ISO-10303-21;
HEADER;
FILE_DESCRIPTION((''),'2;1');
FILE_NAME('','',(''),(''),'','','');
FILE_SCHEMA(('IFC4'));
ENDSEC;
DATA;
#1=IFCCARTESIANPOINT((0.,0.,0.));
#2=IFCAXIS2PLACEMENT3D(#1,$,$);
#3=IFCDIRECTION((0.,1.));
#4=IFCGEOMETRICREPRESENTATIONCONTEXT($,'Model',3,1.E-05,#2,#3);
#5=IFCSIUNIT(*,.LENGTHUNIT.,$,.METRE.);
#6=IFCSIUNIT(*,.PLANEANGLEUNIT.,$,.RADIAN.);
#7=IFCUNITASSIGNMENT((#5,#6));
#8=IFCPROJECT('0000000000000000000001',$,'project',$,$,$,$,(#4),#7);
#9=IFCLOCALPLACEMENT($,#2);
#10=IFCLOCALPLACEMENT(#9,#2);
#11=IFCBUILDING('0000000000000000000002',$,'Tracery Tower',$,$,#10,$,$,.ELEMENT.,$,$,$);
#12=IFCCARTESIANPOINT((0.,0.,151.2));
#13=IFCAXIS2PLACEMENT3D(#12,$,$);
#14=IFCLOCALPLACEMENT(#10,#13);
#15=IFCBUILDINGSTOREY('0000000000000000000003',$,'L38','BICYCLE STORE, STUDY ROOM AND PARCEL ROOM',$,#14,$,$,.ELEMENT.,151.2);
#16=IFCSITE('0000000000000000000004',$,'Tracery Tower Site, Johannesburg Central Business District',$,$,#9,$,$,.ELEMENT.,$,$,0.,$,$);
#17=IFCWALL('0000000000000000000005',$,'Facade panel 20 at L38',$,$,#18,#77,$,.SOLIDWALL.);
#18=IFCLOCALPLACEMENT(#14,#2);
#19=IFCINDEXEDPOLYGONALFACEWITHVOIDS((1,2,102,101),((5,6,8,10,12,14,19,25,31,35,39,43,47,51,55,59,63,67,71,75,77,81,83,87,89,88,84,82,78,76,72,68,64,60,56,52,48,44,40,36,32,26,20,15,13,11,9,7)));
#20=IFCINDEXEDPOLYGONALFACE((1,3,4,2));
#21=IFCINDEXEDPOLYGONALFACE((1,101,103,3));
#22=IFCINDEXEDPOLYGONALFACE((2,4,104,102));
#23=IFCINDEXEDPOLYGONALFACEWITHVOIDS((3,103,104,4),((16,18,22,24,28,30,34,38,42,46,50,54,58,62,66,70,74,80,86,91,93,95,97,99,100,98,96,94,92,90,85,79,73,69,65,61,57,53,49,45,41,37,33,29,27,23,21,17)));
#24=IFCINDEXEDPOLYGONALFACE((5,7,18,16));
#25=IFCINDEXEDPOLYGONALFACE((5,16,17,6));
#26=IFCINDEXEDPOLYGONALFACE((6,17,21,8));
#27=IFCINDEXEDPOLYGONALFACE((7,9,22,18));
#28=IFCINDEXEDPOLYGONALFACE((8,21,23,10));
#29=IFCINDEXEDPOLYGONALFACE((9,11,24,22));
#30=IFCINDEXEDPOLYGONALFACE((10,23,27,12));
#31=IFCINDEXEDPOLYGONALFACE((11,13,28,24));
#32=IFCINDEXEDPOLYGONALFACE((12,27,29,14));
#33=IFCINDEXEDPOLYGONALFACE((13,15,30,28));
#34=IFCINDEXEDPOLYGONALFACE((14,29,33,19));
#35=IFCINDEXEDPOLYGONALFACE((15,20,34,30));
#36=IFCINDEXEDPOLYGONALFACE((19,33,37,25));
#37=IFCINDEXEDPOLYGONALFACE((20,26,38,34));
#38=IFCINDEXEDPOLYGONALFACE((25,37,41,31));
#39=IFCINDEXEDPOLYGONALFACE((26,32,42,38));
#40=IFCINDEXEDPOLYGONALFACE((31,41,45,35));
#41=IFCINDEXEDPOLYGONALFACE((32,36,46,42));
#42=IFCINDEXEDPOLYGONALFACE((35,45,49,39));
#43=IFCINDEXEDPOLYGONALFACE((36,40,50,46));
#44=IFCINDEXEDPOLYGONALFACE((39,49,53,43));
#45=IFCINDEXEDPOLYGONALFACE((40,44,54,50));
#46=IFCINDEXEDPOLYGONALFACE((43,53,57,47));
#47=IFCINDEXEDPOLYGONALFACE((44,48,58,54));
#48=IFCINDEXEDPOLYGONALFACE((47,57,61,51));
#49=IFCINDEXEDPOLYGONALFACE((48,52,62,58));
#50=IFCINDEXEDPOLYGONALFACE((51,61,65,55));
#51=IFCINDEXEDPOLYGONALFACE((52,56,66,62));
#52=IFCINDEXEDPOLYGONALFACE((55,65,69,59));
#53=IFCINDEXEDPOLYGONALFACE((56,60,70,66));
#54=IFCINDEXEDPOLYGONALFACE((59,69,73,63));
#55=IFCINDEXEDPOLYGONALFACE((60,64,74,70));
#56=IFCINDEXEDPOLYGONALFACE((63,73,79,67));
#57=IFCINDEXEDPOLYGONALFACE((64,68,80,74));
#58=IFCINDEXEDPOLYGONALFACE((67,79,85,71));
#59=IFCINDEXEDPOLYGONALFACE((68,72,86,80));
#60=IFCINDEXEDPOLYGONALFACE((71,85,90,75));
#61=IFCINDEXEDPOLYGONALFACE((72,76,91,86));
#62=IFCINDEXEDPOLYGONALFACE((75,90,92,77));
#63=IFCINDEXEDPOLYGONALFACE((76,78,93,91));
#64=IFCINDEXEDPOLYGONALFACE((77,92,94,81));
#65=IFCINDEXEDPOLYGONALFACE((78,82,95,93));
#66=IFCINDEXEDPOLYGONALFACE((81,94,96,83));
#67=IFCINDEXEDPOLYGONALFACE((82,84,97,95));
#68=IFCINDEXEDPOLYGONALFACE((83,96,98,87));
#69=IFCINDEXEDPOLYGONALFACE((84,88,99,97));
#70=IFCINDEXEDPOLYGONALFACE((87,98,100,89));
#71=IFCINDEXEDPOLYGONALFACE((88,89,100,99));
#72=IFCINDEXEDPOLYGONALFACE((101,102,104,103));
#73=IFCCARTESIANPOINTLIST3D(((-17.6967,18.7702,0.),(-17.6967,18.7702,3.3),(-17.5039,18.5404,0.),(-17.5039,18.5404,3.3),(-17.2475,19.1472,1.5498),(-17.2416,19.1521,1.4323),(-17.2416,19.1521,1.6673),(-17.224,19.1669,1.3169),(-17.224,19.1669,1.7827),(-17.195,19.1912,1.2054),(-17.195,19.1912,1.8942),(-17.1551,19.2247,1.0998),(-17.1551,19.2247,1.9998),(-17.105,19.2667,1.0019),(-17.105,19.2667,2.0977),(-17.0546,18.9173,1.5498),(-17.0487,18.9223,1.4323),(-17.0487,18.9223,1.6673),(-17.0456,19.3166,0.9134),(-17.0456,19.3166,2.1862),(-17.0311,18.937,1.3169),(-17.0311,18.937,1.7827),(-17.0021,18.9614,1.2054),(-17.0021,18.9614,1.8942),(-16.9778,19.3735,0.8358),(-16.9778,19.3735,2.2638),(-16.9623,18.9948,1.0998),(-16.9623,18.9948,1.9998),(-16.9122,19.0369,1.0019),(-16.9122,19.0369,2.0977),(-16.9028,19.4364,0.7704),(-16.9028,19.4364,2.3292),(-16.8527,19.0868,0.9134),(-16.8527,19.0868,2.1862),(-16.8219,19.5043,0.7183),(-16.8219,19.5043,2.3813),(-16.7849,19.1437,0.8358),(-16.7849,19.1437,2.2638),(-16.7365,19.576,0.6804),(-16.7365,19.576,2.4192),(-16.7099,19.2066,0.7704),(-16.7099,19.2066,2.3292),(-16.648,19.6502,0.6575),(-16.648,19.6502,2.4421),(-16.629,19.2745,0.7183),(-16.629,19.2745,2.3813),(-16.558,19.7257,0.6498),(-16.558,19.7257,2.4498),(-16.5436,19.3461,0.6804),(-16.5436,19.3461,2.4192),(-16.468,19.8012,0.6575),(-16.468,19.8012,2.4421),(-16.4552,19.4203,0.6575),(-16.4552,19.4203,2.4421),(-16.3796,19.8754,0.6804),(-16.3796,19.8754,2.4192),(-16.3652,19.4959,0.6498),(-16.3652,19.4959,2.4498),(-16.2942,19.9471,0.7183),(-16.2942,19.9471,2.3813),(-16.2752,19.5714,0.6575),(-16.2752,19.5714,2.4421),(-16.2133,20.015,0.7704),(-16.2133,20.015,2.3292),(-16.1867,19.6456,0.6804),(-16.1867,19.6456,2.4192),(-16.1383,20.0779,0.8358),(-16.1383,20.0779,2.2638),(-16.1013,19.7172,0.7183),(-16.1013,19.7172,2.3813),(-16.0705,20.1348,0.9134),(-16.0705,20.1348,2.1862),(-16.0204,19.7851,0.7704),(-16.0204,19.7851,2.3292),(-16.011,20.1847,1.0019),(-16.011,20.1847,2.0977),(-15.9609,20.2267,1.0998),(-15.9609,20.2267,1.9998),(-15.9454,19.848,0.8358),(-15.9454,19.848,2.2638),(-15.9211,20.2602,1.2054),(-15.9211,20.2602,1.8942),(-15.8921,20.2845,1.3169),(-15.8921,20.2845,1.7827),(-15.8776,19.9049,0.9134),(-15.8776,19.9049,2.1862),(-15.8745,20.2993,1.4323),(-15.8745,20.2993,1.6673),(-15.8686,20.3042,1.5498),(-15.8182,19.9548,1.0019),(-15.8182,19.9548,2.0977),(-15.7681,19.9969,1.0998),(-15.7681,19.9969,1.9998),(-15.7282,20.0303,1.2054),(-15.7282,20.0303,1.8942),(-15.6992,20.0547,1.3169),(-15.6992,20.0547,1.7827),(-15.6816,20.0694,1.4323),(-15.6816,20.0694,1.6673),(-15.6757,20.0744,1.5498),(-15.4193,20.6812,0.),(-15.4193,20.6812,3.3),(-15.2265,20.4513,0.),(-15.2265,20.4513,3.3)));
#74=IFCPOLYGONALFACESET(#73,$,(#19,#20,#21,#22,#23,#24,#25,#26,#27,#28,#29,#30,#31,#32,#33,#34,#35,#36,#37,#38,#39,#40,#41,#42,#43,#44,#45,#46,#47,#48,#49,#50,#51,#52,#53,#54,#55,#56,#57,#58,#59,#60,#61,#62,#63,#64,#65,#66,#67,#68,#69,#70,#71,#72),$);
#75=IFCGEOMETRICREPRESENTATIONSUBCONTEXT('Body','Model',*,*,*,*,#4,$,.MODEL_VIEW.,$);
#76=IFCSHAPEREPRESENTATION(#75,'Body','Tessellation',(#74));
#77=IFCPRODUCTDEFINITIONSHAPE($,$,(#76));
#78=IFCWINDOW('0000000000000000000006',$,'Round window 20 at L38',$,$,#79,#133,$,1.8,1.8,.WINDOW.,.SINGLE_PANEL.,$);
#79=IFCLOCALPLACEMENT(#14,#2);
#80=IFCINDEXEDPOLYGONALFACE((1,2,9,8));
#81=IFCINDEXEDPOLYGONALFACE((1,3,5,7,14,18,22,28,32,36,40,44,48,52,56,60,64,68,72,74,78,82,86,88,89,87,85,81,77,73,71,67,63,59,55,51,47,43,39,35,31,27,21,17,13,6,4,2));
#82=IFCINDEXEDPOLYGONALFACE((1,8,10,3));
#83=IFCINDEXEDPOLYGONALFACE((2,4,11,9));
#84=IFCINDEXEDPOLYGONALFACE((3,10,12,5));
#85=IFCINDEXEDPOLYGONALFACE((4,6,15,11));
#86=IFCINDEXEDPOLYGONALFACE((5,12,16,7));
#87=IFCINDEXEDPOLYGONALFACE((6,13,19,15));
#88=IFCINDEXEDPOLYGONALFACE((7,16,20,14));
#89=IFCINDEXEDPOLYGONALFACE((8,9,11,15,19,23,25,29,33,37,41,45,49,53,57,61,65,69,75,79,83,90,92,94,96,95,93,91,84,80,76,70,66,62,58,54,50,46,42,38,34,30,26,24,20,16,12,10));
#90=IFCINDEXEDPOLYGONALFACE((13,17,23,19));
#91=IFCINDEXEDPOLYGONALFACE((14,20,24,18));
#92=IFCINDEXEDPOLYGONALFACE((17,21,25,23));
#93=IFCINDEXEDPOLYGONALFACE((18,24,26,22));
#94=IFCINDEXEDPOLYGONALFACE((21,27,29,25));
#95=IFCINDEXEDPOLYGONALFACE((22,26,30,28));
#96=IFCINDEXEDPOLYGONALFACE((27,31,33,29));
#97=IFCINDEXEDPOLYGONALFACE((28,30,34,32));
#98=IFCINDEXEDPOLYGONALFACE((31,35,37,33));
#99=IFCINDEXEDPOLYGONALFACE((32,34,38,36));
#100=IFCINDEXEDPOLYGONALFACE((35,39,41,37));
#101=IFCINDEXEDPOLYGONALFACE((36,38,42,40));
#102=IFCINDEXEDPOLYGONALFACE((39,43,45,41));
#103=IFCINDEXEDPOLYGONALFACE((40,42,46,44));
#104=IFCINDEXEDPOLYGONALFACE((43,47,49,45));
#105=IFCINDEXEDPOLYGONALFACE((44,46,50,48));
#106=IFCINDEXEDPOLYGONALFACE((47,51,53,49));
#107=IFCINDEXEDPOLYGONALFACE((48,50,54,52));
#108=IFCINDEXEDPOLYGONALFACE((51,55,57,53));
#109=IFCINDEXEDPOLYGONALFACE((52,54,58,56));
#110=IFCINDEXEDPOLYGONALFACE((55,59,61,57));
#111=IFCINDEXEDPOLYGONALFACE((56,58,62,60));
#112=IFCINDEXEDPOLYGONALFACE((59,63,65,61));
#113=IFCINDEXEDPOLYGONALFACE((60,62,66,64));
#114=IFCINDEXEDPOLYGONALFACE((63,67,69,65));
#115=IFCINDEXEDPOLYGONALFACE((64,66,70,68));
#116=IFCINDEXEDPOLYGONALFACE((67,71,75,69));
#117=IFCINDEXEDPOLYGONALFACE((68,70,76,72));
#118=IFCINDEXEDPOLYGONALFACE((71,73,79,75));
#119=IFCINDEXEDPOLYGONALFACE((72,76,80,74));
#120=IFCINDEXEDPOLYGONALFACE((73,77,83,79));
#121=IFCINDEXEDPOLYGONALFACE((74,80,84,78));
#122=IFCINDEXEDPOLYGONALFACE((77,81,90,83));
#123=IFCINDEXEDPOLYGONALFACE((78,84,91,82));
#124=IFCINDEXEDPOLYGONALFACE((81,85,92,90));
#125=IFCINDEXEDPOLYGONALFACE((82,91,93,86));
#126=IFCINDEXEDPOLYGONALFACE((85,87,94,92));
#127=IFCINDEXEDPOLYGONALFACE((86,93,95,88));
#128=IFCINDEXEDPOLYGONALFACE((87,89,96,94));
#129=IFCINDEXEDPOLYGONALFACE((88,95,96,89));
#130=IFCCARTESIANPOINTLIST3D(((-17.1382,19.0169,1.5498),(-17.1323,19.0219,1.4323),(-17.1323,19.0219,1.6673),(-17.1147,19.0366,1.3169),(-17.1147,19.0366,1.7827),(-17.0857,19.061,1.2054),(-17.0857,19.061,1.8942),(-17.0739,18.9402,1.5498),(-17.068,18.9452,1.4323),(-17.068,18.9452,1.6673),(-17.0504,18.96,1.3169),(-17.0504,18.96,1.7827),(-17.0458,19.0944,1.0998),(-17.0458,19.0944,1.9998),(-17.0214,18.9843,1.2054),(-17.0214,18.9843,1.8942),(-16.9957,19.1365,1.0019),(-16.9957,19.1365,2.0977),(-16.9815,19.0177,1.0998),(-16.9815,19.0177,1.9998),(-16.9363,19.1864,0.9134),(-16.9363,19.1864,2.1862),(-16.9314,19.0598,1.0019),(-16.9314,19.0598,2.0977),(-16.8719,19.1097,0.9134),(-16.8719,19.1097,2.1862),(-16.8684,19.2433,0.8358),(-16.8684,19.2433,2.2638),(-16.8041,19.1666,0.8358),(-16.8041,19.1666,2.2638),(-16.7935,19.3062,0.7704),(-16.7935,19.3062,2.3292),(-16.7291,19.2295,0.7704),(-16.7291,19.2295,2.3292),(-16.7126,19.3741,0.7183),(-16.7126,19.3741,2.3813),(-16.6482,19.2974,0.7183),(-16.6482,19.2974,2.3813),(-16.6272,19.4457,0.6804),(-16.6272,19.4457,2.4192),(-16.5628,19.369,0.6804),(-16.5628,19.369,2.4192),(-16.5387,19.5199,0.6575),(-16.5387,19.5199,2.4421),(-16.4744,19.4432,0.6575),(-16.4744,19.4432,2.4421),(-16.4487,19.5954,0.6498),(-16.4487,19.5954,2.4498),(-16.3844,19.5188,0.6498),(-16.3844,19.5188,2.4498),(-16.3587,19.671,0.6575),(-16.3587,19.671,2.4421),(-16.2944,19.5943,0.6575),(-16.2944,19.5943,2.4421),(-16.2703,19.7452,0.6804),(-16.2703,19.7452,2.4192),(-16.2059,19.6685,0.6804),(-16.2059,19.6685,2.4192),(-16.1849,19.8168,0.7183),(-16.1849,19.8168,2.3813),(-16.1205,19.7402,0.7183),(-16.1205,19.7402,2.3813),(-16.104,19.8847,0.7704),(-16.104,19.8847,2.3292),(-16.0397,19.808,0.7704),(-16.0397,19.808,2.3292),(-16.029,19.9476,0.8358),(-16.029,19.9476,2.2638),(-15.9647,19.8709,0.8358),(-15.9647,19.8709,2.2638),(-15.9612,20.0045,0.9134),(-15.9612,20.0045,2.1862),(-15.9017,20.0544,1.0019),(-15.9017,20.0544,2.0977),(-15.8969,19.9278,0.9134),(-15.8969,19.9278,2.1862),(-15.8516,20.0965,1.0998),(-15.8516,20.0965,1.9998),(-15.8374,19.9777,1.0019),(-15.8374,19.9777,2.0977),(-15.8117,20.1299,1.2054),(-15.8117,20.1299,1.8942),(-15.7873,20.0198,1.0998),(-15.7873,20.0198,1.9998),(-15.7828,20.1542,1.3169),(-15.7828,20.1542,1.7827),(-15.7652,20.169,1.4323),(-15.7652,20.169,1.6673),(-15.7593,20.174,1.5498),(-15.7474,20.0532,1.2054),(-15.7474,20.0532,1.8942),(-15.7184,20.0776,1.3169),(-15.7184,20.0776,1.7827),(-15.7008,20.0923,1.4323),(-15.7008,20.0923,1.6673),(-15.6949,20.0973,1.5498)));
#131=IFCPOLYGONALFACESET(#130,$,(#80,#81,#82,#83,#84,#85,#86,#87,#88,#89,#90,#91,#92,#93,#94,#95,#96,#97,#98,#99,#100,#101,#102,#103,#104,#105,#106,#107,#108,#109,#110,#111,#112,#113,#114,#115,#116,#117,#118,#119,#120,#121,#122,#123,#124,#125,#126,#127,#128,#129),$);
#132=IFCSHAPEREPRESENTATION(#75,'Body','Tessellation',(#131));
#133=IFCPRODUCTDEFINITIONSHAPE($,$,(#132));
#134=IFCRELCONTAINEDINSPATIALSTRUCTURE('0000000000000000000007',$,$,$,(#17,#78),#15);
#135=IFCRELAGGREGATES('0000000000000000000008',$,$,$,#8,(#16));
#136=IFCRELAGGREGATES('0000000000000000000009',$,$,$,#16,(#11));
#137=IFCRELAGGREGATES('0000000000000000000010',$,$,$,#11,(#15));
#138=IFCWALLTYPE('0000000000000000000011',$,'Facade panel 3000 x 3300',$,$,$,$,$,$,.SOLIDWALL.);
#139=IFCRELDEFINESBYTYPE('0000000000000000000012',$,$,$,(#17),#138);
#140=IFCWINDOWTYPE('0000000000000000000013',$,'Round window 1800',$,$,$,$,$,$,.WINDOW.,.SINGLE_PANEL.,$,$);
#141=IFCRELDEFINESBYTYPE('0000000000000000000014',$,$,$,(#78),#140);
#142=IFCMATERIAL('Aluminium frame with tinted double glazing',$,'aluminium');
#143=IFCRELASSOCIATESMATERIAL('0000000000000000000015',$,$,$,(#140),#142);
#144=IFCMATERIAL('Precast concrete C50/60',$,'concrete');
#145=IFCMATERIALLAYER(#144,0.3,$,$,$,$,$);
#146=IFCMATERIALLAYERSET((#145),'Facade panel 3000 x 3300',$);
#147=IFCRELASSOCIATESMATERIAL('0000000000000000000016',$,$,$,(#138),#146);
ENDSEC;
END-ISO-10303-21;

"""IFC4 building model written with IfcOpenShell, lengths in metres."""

from ifc_helpers import new_model, si_unit, direction, frame, frame_2d, origin, origin_2d, place, context, subcontext, project, spatial, rectangle, circle, extrude, material, layer, layer_set, type_object, element, fill, save


model = new_model("IFC4")

# Units and contexts
model_context = context("Model", 3, precision=1e-05, world=origin(), true_north=direction((0.0, 1.0)))
body_context = subcontext(model_context, "Body", "Model", "MODEL_VIEW")
ifc_project = project(units=[si_unit("LENGTHUNIT", "METRE"), si_unit("PLANEANGLEUNIT", "RADIAN")], contexts=[model_context])

# Site, building, storey
site_placement = place(None, origin())
site = spatial("IfcSite", under=ifc_project, at=site_placement, Name="Tracery Tower Site, Johannesburg Central Business District", CompositionType="ELEMENT", RefElevation=0.0)
building_placement = place(site_placement, origin())
building = spatial("IfcBuilding", under=site, at=building_placement, Name="Tracery Tower", CompositionType="ELEMENT")
storey_placement = place(building_placement, frame((0.0, 0.0, 151.2)))
storey = spatial("IfcBuildingStorey", under=building, at=storey_placement, Name="L38", Description="BICYCLE STORE, STUDY ROOM AND PARCEL ROOM", CompositionType="ELEMENT", Elevation=151.2)

# Wall, opening, window
ifc_material_1 = material(Name="Aluminium frame with tinted double glazing", Category="aluminium")
window_type = type_object("IfcWindowType", Name="Round window 1800", PartitioningType="SINGLE_PANEL", PredefinedType="WINDOW", material=ifc_material_1)
ifc_material_2 = material(Name="Precast concrete C50/60", Category="concrete")
ifc_layer_1 = layer(ifc_material_2, 0.3)
ifc_layer_set_1 = layer_set([ifc_layer_1], Name="Facade panel 3000 x 3300")
wall_type_1 = type_object("IfcWallType", Name="Facade panel 3000 x 3300", PredefinedType="SOLIDWALL", material=ifc_layer_set_1)
wall_1_placement = place(storey_placement, frame((-15.323, 20.5662, 0.0), z_axis=(0.0, 0.0, 1.0), x_axis=(-0.766049, -0.642782, 0.0)))
wall_1 = element("IfcWall", 1, at=wall_1_placement, inside=storey, type_object=wall_type_1, Name="Facade panel 20 at L38", PredefinedType="SOLIDWALL", context=body_context, shape_type="SweptSolid", body=[
    extrude(rectangle(XDim=2.9729, YDim=0.3, at=frame_2d((1.4863, 0.0))), origin(), (0.0, 0.0, 1.0), 3.3),
])
opening_1_placement = place(wall_1_placement, frame((1.4863, 0.0, 1.5498)))
opening_1 = element("IfcOpeningElement", 2, at=opening_1_placement, cuts=wall_1, PredefinedType="OPENING", context=body_context, shape_type="SweptSolid", body=[
    extrude(circle(Radius=0.9, at=origin_2d()), frame((0.0, 0.1599, 0.0), z_axis=(0.0, -1.0, 0.0), x_axis=(1.0, 0.0, 0.0)), (0.0, 0.0, 1.0), 0.3201),
])
window_1_placement = place(opening_1_placement, origin())
window_1 = element("IfcWindow", 3, at=window_1_placement, inside=storey, type_object=window_type, Name="Round window 20 at L38", OverallHeight=1.8, OverallWidth=1.8, PartitioningType="SINGLE_PANEL", PredefinedType="WINDOW", context=body_context, shape_type="SweptSolid", body=[
    extrude(circle(Radius=0.9, at=origin_2d()), frame((0.0, 0.1201, 0.0), z_axis=(0.0, -1.0, 0.0), x_axis=(1.0, 0.0, 0.0)), (0.0, 0.0, 1.0), 0.1001),
])
fill(opening_1, window_1)

save(model, "model.ifc")
